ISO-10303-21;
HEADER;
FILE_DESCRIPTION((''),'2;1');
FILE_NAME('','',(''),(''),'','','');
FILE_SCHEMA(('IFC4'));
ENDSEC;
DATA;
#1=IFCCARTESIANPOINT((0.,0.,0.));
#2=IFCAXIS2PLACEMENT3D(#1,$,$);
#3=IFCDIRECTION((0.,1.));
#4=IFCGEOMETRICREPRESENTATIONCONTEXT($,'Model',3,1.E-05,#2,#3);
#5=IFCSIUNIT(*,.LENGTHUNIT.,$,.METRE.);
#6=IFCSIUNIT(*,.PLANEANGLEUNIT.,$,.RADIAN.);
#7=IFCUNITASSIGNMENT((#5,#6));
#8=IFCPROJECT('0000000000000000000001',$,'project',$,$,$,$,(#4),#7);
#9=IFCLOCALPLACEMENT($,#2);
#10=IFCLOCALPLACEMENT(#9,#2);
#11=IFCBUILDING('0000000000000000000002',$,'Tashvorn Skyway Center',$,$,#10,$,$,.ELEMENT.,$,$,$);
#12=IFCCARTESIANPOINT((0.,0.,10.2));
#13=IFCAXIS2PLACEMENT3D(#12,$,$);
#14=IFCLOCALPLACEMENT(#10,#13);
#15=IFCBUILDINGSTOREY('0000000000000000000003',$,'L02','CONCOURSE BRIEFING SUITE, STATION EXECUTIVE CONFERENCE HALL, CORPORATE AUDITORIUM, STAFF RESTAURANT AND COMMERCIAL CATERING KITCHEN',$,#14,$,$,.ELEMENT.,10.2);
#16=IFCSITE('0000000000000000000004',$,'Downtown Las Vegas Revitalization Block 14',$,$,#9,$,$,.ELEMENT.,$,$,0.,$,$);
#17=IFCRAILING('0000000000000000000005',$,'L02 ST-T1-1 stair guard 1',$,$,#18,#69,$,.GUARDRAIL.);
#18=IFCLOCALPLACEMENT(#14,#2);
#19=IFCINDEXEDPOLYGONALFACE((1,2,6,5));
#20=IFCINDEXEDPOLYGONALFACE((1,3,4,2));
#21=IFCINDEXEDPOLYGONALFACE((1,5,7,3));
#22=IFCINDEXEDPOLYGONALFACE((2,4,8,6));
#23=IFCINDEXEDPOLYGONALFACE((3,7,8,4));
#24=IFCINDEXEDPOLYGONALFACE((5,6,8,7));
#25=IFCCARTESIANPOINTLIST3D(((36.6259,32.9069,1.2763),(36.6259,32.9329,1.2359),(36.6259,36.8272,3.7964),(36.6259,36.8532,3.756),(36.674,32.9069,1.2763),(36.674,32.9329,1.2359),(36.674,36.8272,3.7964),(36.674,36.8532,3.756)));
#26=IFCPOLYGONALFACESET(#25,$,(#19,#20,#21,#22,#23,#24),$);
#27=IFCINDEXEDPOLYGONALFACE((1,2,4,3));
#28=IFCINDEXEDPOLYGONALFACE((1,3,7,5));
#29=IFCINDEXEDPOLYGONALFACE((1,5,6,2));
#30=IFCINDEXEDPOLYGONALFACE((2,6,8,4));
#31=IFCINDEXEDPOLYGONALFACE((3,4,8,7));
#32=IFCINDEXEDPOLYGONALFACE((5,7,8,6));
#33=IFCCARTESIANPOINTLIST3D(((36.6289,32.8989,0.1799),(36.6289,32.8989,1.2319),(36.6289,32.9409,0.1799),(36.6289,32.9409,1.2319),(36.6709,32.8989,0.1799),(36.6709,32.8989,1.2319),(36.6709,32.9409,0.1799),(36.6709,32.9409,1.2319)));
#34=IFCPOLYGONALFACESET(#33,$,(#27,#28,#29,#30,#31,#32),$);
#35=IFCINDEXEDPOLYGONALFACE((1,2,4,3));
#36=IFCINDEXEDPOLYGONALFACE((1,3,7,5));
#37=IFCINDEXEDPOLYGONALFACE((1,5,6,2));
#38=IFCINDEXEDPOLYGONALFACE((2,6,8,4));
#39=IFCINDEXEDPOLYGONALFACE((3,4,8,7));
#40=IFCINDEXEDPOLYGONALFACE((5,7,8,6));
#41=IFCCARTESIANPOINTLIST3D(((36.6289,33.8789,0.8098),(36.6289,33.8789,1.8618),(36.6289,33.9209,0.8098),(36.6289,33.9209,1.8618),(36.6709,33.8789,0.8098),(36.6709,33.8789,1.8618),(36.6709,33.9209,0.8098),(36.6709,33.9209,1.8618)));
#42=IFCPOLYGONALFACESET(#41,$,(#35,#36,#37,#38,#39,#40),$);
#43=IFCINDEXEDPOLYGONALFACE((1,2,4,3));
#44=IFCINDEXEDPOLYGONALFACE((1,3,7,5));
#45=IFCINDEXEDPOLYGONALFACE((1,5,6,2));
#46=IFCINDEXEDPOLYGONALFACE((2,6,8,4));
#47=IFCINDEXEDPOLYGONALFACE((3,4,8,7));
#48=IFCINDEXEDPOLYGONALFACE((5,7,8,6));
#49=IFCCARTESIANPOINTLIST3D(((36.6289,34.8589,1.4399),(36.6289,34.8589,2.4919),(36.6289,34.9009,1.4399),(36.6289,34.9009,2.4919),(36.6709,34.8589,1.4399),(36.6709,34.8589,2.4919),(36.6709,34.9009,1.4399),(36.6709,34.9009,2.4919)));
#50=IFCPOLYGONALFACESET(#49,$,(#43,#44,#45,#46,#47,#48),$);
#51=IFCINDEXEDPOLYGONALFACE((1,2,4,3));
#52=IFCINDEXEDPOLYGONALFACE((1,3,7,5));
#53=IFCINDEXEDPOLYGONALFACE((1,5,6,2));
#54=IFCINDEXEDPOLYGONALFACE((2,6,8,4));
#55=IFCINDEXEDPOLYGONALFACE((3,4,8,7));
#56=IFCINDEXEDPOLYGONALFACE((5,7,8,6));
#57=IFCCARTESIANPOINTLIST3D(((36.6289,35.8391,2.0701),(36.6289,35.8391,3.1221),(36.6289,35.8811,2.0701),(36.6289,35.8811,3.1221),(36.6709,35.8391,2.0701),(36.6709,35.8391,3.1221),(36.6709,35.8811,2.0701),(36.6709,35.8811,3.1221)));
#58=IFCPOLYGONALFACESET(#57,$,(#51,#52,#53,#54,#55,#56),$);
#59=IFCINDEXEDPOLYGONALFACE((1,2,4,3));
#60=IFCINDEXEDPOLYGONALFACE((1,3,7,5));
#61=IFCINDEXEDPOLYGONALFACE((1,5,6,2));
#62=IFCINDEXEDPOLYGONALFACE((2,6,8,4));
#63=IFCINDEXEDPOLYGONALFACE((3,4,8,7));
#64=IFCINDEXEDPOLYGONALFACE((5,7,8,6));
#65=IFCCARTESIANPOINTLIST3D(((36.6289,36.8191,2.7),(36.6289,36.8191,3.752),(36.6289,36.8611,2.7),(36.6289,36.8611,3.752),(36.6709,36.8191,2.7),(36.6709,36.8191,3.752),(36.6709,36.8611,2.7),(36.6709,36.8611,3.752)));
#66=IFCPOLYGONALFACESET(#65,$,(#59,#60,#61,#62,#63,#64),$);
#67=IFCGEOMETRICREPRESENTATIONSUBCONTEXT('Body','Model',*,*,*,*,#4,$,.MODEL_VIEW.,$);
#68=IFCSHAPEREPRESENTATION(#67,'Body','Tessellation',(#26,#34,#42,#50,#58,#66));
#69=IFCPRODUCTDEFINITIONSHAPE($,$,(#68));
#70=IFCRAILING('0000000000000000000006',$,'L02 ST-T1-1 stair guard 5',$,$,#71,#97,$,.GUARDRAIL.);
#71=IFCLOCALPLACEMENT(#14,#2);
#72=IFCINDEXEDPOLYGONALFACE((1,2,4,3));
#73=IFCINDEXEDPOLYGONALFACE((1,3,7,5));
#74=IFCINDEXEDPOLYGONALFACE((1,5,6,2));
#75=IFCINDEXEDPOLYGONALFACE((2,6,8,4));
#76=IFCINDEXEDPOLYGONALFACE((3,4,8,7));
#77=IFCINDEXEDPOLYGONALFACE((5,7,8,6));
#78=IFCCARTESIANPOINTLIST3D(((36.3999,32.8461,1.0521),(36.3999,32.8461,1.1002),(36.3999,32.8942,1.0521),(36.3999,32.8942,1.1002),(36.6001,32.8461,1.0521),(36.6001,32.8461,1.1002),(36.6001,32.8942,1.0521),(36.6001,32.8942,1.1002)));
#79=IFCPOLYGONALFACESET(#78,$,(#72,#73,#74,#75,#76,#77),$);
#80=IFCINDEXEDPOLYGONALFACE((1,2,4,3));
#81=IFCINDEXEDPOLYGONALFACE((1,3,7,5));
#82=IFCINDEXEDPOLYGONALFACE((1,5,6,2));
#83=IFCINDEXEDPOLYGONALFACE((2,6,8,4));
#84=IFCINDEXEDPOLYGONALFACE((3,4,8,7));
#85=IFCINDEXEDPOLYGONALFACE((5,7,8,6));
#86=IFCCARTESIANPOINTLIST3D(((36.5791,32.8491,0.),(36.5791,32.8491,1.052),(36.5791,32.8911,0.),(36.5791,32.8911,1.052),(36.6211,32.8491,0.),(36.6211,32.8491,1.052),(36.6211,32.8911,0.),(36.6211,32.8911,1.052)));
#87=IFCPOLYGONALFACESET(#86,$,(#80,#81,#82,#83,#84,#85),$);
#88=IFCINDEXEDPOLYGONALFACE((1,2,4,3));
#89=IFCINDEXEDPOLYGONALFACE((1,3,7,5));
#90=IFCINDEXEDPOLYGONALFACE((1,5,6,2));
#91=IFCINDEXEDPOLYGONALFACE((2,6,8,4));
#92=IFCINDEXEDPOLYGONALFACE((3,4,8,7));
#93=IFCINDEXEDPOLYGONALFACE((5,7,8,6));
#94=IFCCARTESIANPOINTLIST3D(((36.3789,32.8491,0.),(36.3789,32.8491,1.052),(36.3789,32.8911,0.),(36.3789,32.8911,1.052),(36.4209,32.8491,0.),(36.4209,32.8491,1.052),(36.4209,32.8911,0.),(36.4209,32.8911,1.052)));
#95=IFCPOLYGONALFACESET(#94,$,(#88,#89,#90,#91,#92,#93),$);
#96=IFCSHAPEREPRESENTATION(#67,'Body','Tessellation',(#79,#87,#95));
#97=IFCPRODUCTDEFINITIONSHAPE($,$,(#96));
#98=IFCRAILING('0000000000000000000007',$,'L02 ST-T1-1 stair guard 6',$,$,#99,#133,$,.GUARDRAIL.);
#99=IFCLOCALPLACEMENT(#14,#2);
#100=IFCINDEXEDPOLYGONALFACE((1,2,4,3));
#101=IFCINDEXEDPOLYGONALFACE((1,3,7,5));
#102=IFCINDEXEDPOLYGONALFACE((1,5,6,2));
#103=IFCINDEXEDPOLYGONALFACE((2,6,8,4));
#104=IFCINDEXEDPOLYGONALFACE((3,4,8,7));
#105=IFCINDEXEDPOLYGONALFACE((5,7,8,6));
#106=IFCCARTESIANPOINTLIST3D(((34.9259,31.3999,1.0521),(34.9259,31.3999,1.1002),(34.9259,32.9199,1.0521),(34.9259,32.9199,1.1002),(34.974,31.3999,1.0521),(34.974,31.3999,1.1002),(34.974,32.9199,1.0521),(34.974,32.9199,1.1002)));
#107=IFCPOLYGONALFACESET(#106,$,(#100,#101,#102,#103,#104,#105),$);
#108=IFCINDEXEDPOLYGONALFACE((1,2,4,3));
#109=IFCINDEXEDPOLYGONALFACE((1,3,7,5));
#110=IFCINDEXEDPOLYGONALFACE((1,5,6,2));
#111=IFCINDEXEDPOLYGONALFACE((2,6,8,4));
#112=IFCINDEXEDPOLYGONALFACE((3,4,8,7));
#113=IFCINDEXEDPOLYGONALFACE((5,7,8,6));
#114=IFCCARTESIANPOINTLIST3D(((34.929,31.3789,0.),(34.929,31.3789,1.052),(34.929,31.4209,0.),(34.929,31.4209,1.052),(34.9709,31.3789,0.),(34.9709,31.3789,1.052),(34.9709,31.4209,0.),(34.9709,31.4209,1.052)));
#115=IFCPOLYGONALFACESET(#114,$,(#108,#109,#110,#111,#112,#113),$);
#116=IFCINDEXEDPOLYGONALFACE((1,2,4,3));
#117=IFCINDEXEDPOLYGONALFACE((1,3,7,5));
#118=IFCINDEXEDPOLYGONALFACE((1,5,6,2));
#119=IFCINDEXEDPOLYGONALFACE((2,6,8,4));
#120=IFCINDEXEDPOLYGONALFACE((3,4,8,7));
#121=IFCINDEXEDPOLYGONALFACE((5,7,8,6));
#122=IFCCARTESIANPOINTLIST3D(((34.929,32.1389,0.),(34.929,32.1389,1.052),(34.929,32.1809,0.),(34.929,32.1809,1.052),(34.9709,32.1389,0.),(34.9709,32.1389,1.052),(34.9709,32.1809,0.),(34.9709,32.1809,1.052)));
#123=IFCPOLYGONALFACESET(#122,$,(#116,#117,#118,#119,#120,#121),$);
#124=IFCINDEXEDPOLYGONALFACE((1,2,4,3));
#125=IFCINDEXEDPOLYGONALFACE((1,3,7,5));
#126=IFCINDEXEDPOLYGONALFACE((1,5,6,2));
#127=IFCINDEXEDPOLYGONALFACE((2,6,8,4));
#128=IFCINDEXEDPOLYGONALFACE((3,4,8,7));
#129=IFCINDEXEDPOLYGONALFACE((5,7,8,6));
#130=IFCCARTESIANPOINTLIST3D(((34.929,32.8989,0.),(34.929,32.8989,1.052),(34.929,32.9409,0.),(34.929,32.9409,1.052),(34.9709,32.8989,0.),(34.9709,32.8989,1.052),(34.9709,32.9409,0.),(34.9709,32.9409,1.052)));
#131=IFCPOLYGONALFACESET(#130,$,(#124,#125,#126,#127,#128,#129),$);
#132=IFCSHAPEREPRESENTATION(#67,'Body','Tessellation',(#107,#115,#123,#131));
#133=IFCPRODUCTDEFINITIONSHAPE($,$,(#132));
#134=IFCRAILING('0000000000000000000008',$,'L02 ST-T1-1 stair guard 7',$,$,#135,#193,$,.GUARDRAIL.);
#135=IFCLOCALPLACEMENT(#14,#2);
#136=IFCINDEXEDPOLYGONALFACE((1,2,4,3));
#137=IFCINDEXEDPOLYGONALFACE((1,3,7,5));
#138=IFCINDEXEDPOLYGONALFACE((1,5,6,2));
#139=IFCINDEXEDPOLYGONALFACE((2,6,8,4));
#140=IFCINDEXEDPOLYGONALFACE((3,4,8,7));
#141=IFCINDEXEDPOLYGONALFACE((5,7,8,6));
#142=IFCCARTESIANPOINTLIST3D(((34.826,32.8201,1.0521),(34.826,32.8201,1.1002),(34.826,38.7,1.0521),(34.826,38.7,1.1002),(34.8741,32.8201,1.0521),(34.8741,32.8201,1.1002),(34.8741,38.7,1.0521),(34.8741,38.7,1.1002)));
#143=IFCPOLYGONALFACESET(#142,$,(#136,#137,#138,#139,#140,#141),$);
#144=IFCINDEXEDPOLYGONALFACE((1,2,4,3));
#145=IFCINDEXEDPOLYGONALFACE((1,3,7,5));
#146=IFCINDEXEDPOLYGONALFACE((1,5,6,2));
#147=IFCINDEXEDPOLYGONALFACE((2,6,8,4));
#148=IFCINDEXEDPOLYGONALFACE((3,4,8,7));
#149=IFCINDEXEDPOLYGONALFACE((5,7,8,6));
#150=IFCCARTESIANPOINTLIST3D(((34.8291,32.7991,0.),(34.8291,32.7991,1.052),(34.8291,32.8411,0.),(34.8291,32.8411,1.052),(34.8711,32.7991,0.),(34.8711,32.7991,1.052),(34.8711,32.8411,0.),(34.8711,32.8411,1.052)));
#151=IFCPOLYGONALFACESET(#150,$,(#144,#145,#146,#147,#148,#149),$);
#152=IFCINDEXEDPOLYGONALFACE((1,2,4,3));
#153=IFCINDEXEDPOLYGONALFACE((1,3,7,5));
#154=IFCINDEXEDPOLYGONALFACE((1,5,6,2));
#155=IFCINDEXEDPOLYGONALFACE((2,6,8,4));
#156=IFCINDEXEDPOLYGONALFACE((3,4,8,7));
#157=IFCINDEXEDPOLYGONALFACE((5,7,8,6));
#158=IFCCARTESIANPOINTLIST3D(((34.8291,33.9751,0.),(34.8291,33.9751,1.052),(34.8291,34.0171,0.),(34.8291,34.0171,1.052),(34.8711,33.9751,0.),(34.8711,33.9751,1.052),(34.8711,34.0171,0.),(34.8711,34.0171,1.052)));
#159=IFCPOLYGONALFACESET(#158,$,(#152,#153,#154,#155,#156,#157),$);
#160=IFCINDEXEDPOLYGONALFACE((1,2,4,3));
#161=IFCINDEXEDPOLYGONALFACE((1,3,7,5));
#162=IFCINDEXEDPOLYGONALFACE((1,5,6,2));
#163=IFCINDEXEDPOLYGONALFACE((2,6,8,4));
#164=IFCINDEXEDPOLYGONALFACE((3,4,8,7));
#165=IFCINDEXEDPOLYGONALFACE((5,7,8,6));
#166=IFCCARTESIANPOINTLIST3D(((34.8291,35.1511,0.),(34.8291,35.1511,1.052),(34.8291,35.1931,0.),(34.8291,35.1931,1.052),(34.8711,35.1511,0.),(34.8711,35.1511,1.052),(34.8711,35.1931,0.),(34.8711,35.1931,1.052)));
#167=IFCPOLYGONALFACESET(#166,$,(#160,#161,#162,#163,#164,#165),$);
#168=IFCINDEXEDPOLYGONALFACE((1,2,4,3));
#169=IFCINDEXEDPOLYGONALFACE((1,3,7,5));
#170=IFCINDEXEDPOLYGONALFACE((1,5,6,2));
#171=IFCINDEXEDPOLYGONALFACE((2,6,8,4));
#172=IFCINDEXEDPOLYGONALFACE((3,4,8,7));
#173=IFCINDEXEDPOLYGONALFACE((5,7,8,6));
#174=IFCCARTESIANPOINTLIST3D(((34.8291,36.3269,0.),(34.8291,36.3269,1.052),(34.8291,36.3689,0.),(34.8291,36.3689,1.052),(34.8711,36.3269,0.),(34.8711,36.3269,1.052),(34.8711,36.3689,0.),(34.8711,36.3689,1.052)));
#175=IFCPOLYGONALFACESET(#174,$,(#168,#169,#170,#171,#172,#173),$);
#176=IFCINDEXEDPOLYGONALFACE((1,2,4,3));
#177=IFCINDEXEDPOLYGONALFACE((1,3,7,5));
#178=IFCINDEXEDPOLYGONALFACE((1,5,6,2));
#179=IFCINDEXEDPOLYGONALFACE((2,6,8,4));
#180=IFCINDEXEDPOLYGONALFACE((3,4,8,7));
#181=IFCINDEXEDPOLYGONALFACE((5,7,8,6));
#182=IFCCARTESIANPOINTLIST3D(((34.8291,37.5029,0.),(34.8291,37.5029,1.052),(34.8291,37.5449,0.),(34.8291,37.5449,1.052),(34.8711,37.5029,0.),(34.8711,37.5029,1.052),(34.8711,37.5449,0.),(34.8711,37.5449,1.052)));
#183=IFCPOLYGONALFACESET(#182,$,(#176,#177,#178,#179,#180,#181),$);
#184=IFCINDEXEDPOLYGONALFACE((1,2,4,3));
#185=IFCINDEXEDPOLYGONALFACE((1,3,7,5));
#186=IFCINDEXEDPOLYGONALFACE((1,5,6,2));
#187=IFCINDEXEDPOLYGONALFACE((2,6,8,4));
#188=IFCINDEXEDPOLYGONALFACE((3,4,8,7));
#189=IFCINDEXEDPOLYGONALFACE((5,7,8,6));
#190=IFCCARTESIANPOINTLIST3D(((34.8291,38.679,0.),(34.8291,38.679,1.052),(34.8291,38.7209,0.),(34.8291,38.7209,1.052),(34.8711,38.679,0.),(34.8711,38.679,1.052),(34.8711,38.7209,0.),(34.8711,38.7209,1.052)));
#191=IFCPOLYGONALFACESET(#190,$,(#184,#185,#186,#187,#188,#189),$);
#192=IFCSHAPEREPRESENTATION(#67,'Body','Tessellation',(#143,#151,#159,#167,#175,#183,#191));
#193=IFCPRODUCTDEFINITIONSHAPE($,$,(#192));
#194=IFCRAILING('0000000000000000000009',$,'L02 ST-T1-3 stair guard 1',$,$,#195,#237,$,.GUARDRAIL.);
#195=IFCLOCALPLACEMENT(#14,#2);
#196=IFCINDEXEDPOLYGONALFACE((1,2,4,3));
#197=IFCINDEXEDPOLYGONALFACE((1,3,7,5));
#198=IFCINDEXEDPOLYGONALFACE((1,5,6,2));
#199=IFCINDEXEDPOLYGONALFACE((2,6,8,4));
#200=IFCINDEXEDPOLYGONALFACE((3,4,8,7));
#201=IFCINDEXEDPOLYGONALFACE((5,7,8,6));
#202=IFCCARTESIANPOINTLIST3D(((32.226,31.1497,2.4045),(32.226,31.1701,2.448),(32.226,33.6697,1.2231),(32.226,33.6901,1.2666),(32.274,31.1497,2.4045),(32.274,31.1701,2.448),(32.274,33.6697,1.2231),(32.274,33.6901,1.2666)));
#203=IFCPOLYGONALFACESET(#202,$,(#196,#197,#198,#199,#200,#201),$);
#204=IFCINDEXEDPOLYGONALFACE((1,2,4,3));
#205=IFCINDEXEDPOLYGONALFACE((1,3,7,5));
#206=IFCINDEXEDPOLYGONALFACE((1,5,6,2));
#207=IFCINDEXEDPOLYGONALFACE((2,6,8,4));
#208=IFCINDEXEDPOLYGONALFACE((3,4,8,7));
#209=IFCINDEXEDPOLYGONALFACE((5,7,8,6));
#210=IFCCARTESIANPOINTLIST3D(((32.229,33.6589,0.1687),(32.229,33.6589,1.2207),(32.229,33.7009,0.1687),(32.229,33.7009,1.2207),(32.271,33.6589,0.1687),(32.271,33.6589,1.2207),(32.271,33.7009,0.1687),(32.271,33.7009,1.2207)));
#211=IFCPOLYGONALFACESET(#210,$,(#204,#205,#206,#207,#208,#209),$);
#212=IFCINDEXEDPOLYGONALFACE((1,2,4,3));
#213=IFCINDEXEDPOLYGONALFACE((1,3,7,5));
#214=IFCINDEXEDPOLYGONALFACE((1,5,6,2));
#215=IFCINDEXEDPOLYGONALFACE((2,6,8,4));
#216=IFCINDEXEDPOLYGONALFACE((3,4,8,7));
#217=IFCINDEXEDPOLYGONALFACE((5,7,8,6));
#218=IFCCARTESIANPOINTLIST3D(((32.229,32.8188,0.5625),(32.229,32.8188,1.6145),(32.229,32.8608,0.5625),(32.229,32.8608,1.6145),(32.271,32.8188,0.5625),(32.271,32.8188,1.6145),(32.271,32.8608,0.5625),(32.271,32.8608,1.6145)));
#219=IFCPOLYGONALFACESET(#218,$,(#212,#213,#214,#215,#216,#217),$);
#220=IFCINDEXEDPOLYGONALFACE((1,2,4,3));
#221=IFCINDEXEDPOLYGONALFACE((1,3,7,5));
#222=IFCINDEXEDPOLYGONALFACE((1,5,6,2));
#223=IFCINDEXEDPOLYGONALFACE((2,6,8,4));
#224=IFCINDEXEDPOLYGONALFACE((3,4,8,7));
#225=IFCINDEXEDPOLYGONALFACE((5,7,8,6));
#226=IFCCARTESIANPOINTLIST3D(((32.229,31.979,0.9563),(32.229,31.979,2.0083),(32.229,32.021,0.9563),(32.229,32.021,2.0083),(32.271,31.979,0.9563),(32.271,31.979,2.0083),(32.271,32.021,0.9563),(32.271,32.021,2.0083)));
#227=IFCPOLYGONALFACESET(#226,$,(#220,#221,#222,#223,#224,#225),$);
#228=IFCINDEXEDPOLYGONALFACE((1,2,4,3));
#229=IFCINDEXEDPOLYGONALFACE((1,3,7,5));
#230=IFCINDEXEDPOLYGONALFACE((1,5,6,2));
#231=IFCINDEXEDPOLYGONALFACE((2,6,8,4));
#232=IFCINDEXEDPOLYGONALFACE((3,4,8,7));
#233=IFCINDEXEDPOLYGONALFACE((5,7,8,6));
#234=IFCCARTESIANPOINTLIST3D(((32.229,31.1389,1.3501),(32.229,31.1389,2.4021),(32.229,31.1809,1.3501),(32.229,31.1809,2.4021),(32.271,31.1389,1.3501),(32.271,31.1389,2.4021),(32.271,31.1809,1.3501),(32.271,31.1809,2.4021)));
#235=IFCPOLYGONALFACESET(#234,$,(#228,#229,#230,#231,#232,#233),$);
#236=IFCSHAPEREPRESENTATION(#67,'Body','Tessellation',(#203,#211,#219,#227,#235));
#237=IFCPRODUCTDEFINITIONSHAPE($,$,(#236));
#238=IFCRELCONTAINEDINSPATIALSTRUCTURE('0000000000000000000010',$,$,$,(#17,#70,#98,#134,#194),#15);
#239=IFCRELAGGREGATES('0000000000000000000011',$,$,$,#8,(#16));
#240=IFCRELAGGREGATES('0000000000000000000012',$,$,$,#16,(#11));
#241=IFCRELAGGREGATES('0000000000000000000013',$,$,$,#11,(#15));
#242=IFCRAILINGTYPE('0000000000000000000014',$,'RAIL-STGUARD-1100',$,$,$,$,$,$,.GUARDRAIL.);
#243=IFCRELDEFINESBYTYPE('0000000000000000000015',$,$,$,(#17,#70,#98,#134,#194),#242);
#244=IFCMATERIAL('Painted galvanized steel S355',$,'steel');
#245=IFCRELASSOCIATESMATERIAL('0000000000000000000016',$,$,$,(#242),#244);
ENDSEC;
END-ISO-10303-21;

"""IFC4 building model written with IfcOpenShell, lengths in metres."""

from ifc_helpers import new_model, si_unit, direction, frame, origin, origin_2d, place, context, subcontext, project, spatial, rectangle, extrude, material, type_object, element, save


model = new_model("IFC4")

# Units and contexts
model_context = context("Model", 3, precision=1e-05, world=origin(), true_north=direction((0.0, 1.0)))
body_context = subcontext(model_context, "Body", "Model", "MODEL_VIEW")
ifc_project = project(units=[si_unit("LENGTHUNIT", "METRE"), si_unit("PLANEANGLEUNIT", "RADIAN")], contexts=[model_context])

# Site, building, storey
site_placement = place(None, origin())
site = spatial("IfcSite", under=ifc_project, at=site_placement, Name="Downtown Las Vegas Revitalization Block 14", CompositionType="ELEMENT", RefElevation=0.0)
building_placement = place(site_placement, origin())
building = spatial("IfcBuilding", under=site, at=building_placement, Name="Tashvorn Skyway Center", CompositionType="ELEMENT")
storey_placement = place(building_placement, frame((0.0, 0.0, 10.2)))
storey = spatial("IfcBuildingStorey", under=building, at=storey_placement, Name="L02", Description="CONCOURSE BRIEFING SUITE, STATION EXECUTIVE CONFERENCE HALL, CORPORATE AUDITORIUM, STAFF RESTAURANT AND COMMERCIAL CATERING KITCHEN", CompositionType="ELEMENT", Elevation=10.2)

# Railings
ifc_material_1 = material(Name="Painted galvanized steel S355", Category="steel")
railing_type_1 = type_object("IfcRailingType", Name="RAIL-STGUARD-1100", PredefinedType="GUARDRAIL", material=ifc_material_1)
railing_1_placement = place(storey_placement, frame((36.6499, 32.9199, 0.1799)))
element("IfcRailing", 1, at=railing_1_placement, inside=storey, type_object=railing_type_1, Name="L02 ST-T1-1 stair guard 1", PredefinedType="GUARDRAIL", context=body_context, shape_type="SweptSolid", body=[
    extrude(rectangle(XDim=0.0481, YDim=0.0481, at=origin_2d()), frame((0.0, 0.0, 1.0762), z_axis=(0.0, 0.841187, 0.540744), x_axis=(-1.0, 0.0, 0.0)), (0.0, 0.0, 1.0), 4.6604),
    extrude(rectangle(XDim=0.042, YDim=0.042, at=origin_2d()), origin(), (0.0, 0.0, 1.0), 1.052),
    extrude(rectangle(XDim=0.042, YDim=0.042, at=origin_2d()), frame((0.0, 0.98, 0.6299)), (0.0, 0.0, 1.0), 1.052),
    extrude(rectangle(XDim=0.042, YDim=0.042, at=origin_2d()), frame((0.0, 1.96, 1.26)), (0.0, 0.0, 1.0), 1.052),
    extrude(rectangle(XDim=0.042, YDim=0.042, at=origin_2d()), frame((0.0, 2.9402, 1.8901)), (0.0, 0.0, 1.0), 1.052),
    extrude(rectangle(XDim=0.042, YDim=0.042, at=origin_2d()), frame((0.0, 3.9202, 2.52)), (0.0, 0.0, 1.0), 1.052),
])
railing_2_placement = place(storey_placement, frame((36.6001, 32.8701, 0.0)))
element("IfcRailing", 2, at=railing_2_placement, inside=storey, type_object=railing_type_1, Name="L02 ST-T1-1 stair guard 5", PredefinedType="GUARDRAIL", context=body_context, shape_type="SweptSolid", body=[
    extrude(rectangle(XDim=0.0481, YDim=0.0481, at=origin_2d()), frame((0.0, 0.0, 1.0762), z_axis=(-1.0, 0.0, 0.0), x_axis=(0.0, -1.0, 0.0)), (0.0, 0.0, 1.0), 0.2002),
    extrude(rectangle(XDim=0.042, YDim=0.042, at=origin_2d()), origin(), (0.0, 0.0, 1.0), 1.052),
    extrude(rectangle(XDim=0.042, YDim=0.042, at=origin_2d()), frame((-0.2002, 0.0, 0.0)), (0.0, 0.0, 1.0), 1.052),
])
railing_3_placement = place(storey_placement, frame((34.95, 31.3999, 0.0)))
element("IfcRailing", 3, at=railing_3_placement, inside=storey, type_object=railing_type_1, Name="L02 ST-T1-1 stair guard 6", PredefinedType="GUARDRAIL", context=body_context, shape_type="SweptSolid", body=[
    extrude(rectangle(XDim=0.0481, YDim=0.0481, at=origin_2d()), frame((0.0, 0.0, 1.0762), z_axis=(0.0, 1.0, 0.0), x_axis=(-1.0, 0.0, 0.0)), (0.0, 0.0, 1.0), 1.52),
    extrude(rectangle(XDim=0.042, YDim=0.042, at=origin_2d()), origin(), (0.0, 0.0, 1.0), 1.052),
    extrude(rectangle(XDim=0.042, YDim=0.042, at=origin_2d()), frame((0.0, 0.76, 0.0)), (0.0, 0.0, 1.0), 1.052),
    extrude(rectangle(XDim=0.042, YDim=0.042, at=origin_2d()), frame((0.0, 1.52, 0.0)), (0.0, 0.0, 1.0), 1.052),
])
railing_4_placement = place(storey_placement, frame((34.8501, 32.8201, 0.0)))
element("IfcRailing", 4, at=railing_4_placement, inside=storey, type_object=railing_type_1, Name="L02 ST-T1-1 stair guard 7", PredefinedType="GUARDRAIL", context=body_context, shape_type="SweptSolid", body=[
    extrude(rectangle(XDim=0.0481, YDim=0.0481, at=origin_2d()), frame((0.0, 0.0, 1.0762), z_axis=(0.0, 1.0, 0.0), x_axis=(-1.0, 0.0, 0.0)), (0.0, 0.0, 1.0), 5.8799),
    extrude(rectangle(XDim=0.042, YDim=0.042, at=origin_2d()), origin(), (0.0, 0.0, 1.0), 1.052),
    extrude(rectangle(XDim=0.042, YDim=0.042, at=origin_2d()), frame((0.0, 1.176, 0.0)), (0.0, 0.0, 1.0), 1.052),
    extrude(rectangle(XDim=0.042, YDim=0.042, at=origin_2d()), frame((0.0, 2.3521, 0.0)), (0.0, 0.0, 1.0), 1.052),
    extrude(rectangle(XDim=0.042, YDim=0.042, at=origin_2d()), frame((0.0, 3.5278, 0.0)), (0.0, 0.0, 1.0), 1.052),
    extrude(rectangle(XDim=0.042, YDim=0.042, at=origin_2d()), frame((0.0, 4.7039, 0.0)), (0.0, 0.0, 1.0), 1.052),
    extrude(rectangle(XDim=0.042, YDim=0.042, at=origin_2d()), frame((0.0, 5.8799, 0.0)), (0.0, 0.0, 1.0), 1.052),
])
railing_5_placement = place(storey_placement, frame((32.25, 33.6799, 0.1687)))
element("IfcRailing", 5, at=railing_5_placement, inside=storey, type_object=railing_type_1, Name="L02 ST-T1-3 stair guard 1", PredefinedType="GUARDRAIL", context=body_context, shape_type="SweptSolid", body=[
    extrude(rectangle(XDim=0.0481, YDim=0.0481, at=origin_2d()), frame((0.0, 0.0, 1.0762), z_axis=(0.0, -0.90544, 0.424474), x_axis=(1.0, 0.0, 0.0)), (0.0, 0.0, 1.0), 2.7832),
    extrude(rectangle(XDim=0.042, YDim=0.042, at=origin_2d()), origin(), (0.0, 0.0, 1.0), 1.052),
    extrude(rectangle(XDim=0.042, YDim=0.042, at=origin_2d()), frame((0.0, -0.8401, 0.3938)), (0.0, 0.0, 1.0), 1.052),
    extrude(rectangle(XDim=0.042, YDim=0.042, at=origin_2d()), frame((0.0, -1.6799, 0.7876)), (0.0, 0.0, 1.0), 1.052),
    extrude(rectangle(XDim=0.042, YDim=0.042, at=origin_2d()), frame((0.0, -2.52, 1.1814)), (0.0, 0.0, 1.0), 1.052),
])

save(model, "model.ifc")
